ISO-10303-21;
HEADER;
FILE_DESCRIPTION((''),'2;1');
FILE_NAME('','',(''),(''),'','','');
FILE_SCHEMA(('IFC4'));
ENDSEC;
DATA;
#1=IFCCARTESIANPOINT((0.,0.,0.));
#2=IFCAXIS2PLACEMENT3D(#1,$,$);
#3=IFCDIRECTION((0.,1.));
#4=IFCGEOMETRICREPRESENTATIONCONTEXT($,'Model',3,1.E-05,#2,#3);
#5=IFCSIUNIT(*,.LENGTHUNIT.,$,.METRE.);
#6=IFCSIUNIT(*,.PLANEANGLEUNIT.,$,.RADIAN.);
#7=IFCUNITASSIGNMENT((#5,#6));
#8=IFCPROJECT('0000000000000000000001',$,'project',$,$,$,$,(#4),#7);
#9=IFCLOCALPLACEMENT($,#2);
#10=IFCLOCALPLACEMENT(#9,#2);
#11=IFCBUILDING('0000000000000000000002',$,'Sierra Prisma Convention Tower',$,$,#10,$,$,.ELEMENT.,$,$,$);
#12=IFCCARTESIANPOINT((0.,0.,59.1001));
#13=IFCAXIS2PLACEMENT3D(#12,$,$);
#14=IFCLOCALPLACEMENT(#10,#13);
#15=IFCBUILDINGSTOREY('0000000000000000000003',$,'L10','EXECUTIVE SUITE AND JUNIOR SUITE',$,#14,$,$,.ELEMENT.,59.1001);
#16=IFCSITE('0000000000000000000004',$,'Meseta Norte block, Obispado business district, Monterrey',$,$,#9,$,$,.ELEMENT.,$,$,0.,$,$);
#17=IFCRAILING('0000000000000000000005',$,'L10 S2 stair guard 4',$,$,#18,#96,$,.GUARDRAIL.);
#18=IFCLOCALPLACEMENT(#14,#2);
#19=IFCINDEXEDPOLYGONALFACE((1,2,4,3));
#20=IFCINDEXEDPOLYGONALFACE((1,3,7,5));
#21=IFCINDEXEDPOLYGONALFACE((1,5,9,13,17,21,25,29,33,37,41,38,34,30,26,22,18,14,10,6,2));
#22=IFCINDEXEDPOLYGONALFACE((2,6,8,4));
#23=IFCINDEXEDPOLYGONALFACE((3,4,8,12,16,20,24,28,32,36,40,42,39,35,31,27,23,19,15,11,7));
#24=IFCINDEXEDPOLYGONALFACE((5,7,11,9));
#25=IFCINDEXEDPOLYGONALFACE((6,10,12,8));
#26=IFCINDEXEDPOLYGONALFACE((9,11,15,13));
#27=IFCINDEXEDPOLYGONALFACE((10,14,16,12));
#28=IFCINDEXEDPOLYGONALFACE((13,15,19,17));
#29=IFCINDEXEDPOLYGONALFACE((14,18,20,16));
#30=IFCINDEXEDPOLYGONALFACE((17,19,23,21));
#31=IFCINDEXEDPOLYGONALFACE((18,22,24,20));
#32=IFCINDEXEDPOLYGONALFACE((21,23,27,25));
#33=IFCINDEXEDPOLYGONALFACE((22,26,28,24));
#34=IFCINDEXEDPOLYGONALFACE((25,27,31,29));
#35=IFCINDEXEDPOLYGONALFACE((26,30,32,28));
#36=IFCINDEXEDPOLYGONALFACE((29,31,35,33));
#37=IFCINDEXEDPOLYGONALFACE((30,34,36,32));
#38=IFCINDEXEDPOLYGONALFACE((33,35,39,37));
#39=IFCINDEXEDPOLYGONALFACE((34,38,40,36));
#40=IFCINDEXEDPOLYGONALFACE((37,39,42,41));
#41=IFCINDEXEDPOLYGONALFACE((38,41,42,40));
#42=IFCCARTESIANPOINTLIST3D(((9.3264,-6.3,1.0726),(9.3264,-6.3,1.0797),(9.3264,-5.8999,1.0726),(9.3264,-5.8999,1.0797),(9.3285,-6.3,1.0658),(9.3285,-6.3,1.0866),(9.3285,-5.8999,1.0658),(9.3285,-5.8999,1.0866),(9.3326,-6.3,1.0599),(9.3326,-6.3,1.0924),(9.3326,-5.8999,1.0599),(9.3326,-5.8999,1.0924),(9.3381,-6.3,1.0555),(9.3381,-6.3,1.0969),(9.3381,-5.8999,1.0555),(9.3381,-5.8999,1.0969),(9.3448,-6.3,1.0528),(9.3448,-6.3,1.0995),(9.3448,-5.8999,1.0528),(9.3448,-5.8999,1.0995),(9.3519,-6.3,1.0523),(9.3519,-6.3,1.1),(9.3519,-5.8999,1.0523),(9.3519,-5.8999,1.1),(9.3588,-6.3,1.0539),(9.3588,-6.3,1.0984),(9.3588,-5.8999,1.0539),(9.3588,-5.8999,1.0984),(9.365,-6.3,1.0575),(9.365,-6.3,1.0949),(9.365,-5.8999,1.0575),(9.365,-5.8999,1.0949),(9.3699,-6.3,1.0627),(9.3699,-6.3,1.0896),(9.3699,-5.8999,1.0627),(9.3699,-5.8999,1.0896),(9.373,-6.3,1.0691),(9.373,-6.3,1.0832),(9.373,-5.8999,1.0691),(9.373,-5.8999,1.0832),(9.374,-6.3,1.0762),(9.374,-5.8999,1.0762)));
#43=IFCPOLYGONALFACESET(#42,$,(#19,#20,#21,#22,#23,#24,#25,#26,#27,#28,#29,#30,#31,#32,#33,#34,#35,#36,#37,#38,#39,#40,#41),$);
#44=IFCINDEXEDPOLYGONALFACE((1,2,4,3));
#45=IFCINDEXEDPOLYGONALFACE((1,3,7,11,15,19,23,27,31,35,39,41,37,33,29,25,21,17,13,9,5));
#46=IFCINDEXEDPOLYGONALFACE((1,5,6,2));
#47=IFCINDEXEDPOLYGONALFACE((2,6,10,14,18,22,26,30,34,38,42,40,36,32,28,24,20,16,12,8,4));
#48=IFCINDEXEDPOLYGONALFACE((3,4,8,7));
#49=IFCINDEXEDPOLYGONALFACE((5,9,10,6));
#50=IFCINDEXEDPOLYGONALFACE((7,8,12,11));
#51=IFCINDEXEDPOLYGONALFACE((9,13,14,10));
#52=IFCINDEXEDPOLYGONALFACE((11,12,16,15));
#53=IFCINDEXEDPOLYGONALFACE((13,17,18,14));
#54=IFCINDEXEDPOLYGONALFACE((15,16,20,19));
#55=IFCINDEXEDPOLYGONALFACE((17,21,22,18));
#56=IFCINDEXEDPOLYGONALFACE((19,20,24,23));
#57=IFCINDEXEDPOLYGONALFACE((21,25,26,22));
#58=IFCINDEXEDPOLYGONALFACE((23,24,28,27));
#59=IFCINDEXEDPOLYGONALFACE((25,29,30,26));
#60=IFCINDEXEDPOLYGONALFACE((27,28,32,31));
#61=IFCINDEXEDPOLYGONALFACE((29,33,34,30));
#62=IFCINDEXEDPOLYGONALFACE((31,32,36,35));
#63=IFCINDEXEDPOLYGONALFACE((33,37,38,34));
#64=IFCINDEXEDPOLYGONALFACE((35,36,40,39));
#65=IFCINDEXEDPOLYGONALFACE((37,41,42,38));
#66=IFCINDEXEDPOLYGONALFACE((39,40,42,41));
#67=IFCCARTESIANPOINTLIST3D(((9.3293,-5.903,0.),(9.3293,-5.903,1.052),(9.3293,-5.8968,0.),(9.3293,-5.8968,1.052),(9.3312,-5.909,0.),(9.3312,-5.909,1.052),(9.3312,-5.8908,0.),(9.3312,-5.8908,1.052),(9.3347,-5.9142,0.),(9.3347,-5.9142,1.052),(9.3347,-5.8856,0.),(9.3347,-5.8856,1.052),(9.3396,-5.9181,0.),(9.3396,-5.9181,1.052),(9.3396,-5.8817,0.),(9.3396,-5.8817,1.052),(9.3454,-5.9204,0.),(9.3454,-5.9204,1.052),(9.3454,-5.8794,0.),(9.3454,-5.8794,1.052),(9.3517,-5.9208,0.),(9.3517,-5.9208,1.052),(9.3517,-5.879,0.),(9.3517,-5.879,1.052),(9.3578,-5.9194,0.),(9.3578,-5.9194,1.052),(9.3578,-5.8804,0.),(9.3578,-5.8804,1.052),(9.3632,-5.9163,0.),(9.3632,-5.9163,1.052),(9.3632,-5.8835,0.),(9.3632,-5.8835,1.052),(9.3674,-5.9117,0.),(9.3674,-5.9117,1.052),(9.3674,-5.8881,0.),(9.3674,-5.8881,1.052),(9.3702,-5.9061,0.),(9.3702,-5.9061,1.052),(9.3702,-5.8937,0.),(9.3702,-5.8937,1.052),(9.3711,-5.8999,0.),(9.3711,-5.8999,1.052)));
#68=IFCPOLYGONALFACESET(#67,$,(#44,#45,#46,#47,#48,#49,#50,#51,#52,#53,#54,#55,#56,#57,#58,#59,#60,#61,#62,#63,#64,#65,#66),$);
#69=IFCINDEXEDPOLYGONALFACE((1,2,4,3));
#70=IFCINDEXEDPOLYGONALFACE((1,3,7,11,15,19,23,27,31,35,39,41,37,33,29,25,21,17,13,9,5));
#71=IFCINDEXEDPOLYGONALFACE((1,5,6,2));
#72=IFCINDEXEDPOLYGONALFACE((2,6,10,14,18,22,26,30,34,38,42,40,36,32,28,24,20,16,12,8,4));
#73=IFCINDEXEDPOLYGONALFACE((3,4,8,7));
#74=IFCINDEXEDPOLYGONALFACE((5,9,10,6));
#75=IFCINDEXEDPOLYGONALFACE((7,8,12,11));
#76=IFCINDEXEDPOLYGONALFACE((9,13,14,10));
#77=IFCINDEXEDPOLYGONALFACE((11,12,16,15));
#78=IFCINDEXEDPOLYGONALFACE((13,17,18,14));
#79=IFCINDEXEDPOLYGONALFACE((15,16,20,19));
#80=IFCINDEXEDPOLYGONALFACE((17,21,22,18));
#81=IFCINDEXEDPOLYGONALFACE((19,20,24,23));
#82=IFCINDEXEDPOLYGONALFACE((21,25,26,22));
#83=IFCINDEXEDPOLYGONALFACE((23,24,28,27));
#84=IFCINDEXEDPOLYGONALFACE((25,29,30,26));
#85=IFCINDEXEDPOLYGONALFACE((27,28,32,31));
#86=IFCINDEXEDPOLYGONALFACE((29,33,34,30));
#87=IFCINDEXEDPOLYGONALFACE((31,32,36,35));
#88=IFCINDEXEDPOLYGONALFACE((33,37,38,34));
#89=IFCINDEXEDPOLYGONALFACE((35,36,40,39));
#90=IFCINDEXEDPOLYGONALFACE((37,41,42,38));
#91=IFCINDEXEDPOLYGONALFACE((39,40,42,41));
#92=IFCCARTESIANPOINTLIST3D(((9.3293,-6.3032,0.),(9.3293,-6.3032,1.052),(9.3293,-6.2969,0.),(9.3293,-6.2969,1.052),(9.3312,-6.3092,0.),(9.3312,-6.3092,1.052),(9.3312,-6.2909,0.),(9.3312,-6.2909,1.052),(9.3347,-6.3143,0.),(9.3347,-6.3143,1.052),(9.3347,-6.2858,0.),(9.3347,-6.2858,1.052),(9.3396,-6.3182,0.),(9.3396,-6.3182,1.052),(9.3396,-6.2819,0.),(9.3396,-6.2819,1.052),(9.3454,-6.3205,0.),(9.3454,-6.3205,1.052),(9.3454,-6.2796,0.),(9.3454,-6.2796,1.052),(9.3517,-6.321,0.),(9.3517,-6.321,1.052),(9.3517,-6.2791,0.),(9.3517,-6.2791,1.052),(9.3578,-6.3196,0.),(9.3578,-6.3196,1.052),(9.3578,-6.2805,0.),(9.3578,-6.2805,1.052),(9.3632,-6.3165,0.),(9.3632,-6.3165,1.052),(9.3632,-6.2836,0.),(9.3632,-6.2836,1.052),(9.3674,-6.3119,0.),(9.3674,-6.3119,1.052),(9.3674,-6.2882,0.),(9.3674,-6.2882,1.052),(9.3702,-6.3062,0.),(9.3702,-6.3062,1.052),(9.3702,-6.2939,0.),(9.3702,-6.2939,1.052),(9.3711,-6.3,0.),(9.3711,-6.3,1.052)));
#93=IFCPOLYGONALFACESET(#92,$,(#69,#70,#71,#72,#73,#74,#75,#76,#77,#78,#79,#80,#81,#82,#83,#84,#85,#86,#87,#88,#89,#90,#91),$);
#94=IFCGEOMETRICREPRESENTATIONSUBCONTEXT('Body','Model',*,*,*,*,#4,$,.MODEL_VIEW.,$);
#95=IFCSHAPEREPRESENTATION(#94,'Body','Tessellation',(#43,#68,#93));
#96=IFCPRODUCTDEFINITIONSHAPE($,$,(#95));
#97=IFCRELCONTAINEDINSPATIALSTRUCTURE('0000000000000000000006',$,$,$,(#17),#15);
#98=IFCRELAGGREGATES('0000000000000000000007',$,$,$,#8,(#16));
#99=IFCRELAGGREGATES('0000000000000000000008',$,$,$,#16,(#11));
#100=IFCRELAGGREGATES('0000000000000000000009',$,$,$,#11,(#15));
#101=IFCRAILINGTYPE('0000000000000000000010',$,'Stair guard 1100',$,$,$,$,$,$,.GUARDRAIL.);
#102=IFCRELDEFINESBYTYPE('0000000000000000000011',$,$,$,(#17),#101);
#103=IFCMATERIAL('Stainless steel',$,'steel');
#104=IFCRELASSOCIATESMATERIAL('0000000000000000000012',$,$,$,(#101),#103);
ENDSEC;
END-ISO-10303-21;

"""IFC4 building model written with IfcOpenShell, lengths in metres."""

from ifc_helpers import new_model, si_unit, direction, frame, origin, origin_2d, place, context, subcontext, project, spatial, circle, extrude, material, type_object, element, save


model = new_model("IFC4")

# Units and contexts
model_context = context("Model", 3, precision=1e-05, world=origin(), true_north=direction((0.0, 1.0)))
body_context = subcontext(model_context, "Body", "Model", "MODEL_VIEW")
ifc_project = project(units=[si_unit("LENGTHUNIT", "METRE"), si_unit("PLANEANGLEUNIT", "RADIAN")], contexts=[model_context])

# Site, building, storey
site_placement = place(None, origin())
site = spatial("IfcSite", under=ifc_project, at=site_placement, Name="Meseta Norte block, Obispado business district, Monterrey", CompositionType="ELEMENT", RefElevation=0.0)
building_placement = place(site_placement, origin())
building = spatial("IfcBuilding", under=site, at=building_placement, Name="Sierra Prisma Convention Tower", CompositionType="ELEMENT")
storey_placement = place(building_placement, frame((0.0, 0.0, 59.1001)))
storey = spatial("IfcBuildingStorey", under=building, at=storey_placement, Name="L10", Description="EXECUTIVE SUITE AND JUNIOR SUITE", CompositionType="ELEMENT", Elevation=59.1001)

# Railing
ifc_material_1 = material(Name="Stainless steel", Category="steel")
railing_type_1 = type_object("IfcRailingType", Name="Stair guard 1100", PredefinedType="GUARDRAIL", material=ifc_material_1)
railing_1_placement = place(storey_placement, frame((9.3501, -5.8999, 0.0)))
element("IfcRailing", 1, at=railing_1_placement, inside=storey, type_object=railing_type_1, Name="L10 S2 stair guard 4", PredefinedType="GUARDRAIL", context=body_context, shape_type="SweptSolid", body=[
    extrude(circle(Radius=0.0239, at=origin_2d()), frame((0.0, 0.0, 1.0762), z_axis=(0.0, -1.0, 0.0), x_axis=(1.0, 0.0, 0.0)), (0.0, 0.0, 1.0), 0.4001),
    extrude(circle(Radius=0.021, at=origin_2d()), origin(), (0.0, 0.0, 1.0), 1.052),
    extrude(circle(Radius=0.021, at=origin_2d()), frame((0.0, -0.4001, 0.0)), (0.0, 0.0, 1.0), 1.052),
])

save(model, "model.ifc")
